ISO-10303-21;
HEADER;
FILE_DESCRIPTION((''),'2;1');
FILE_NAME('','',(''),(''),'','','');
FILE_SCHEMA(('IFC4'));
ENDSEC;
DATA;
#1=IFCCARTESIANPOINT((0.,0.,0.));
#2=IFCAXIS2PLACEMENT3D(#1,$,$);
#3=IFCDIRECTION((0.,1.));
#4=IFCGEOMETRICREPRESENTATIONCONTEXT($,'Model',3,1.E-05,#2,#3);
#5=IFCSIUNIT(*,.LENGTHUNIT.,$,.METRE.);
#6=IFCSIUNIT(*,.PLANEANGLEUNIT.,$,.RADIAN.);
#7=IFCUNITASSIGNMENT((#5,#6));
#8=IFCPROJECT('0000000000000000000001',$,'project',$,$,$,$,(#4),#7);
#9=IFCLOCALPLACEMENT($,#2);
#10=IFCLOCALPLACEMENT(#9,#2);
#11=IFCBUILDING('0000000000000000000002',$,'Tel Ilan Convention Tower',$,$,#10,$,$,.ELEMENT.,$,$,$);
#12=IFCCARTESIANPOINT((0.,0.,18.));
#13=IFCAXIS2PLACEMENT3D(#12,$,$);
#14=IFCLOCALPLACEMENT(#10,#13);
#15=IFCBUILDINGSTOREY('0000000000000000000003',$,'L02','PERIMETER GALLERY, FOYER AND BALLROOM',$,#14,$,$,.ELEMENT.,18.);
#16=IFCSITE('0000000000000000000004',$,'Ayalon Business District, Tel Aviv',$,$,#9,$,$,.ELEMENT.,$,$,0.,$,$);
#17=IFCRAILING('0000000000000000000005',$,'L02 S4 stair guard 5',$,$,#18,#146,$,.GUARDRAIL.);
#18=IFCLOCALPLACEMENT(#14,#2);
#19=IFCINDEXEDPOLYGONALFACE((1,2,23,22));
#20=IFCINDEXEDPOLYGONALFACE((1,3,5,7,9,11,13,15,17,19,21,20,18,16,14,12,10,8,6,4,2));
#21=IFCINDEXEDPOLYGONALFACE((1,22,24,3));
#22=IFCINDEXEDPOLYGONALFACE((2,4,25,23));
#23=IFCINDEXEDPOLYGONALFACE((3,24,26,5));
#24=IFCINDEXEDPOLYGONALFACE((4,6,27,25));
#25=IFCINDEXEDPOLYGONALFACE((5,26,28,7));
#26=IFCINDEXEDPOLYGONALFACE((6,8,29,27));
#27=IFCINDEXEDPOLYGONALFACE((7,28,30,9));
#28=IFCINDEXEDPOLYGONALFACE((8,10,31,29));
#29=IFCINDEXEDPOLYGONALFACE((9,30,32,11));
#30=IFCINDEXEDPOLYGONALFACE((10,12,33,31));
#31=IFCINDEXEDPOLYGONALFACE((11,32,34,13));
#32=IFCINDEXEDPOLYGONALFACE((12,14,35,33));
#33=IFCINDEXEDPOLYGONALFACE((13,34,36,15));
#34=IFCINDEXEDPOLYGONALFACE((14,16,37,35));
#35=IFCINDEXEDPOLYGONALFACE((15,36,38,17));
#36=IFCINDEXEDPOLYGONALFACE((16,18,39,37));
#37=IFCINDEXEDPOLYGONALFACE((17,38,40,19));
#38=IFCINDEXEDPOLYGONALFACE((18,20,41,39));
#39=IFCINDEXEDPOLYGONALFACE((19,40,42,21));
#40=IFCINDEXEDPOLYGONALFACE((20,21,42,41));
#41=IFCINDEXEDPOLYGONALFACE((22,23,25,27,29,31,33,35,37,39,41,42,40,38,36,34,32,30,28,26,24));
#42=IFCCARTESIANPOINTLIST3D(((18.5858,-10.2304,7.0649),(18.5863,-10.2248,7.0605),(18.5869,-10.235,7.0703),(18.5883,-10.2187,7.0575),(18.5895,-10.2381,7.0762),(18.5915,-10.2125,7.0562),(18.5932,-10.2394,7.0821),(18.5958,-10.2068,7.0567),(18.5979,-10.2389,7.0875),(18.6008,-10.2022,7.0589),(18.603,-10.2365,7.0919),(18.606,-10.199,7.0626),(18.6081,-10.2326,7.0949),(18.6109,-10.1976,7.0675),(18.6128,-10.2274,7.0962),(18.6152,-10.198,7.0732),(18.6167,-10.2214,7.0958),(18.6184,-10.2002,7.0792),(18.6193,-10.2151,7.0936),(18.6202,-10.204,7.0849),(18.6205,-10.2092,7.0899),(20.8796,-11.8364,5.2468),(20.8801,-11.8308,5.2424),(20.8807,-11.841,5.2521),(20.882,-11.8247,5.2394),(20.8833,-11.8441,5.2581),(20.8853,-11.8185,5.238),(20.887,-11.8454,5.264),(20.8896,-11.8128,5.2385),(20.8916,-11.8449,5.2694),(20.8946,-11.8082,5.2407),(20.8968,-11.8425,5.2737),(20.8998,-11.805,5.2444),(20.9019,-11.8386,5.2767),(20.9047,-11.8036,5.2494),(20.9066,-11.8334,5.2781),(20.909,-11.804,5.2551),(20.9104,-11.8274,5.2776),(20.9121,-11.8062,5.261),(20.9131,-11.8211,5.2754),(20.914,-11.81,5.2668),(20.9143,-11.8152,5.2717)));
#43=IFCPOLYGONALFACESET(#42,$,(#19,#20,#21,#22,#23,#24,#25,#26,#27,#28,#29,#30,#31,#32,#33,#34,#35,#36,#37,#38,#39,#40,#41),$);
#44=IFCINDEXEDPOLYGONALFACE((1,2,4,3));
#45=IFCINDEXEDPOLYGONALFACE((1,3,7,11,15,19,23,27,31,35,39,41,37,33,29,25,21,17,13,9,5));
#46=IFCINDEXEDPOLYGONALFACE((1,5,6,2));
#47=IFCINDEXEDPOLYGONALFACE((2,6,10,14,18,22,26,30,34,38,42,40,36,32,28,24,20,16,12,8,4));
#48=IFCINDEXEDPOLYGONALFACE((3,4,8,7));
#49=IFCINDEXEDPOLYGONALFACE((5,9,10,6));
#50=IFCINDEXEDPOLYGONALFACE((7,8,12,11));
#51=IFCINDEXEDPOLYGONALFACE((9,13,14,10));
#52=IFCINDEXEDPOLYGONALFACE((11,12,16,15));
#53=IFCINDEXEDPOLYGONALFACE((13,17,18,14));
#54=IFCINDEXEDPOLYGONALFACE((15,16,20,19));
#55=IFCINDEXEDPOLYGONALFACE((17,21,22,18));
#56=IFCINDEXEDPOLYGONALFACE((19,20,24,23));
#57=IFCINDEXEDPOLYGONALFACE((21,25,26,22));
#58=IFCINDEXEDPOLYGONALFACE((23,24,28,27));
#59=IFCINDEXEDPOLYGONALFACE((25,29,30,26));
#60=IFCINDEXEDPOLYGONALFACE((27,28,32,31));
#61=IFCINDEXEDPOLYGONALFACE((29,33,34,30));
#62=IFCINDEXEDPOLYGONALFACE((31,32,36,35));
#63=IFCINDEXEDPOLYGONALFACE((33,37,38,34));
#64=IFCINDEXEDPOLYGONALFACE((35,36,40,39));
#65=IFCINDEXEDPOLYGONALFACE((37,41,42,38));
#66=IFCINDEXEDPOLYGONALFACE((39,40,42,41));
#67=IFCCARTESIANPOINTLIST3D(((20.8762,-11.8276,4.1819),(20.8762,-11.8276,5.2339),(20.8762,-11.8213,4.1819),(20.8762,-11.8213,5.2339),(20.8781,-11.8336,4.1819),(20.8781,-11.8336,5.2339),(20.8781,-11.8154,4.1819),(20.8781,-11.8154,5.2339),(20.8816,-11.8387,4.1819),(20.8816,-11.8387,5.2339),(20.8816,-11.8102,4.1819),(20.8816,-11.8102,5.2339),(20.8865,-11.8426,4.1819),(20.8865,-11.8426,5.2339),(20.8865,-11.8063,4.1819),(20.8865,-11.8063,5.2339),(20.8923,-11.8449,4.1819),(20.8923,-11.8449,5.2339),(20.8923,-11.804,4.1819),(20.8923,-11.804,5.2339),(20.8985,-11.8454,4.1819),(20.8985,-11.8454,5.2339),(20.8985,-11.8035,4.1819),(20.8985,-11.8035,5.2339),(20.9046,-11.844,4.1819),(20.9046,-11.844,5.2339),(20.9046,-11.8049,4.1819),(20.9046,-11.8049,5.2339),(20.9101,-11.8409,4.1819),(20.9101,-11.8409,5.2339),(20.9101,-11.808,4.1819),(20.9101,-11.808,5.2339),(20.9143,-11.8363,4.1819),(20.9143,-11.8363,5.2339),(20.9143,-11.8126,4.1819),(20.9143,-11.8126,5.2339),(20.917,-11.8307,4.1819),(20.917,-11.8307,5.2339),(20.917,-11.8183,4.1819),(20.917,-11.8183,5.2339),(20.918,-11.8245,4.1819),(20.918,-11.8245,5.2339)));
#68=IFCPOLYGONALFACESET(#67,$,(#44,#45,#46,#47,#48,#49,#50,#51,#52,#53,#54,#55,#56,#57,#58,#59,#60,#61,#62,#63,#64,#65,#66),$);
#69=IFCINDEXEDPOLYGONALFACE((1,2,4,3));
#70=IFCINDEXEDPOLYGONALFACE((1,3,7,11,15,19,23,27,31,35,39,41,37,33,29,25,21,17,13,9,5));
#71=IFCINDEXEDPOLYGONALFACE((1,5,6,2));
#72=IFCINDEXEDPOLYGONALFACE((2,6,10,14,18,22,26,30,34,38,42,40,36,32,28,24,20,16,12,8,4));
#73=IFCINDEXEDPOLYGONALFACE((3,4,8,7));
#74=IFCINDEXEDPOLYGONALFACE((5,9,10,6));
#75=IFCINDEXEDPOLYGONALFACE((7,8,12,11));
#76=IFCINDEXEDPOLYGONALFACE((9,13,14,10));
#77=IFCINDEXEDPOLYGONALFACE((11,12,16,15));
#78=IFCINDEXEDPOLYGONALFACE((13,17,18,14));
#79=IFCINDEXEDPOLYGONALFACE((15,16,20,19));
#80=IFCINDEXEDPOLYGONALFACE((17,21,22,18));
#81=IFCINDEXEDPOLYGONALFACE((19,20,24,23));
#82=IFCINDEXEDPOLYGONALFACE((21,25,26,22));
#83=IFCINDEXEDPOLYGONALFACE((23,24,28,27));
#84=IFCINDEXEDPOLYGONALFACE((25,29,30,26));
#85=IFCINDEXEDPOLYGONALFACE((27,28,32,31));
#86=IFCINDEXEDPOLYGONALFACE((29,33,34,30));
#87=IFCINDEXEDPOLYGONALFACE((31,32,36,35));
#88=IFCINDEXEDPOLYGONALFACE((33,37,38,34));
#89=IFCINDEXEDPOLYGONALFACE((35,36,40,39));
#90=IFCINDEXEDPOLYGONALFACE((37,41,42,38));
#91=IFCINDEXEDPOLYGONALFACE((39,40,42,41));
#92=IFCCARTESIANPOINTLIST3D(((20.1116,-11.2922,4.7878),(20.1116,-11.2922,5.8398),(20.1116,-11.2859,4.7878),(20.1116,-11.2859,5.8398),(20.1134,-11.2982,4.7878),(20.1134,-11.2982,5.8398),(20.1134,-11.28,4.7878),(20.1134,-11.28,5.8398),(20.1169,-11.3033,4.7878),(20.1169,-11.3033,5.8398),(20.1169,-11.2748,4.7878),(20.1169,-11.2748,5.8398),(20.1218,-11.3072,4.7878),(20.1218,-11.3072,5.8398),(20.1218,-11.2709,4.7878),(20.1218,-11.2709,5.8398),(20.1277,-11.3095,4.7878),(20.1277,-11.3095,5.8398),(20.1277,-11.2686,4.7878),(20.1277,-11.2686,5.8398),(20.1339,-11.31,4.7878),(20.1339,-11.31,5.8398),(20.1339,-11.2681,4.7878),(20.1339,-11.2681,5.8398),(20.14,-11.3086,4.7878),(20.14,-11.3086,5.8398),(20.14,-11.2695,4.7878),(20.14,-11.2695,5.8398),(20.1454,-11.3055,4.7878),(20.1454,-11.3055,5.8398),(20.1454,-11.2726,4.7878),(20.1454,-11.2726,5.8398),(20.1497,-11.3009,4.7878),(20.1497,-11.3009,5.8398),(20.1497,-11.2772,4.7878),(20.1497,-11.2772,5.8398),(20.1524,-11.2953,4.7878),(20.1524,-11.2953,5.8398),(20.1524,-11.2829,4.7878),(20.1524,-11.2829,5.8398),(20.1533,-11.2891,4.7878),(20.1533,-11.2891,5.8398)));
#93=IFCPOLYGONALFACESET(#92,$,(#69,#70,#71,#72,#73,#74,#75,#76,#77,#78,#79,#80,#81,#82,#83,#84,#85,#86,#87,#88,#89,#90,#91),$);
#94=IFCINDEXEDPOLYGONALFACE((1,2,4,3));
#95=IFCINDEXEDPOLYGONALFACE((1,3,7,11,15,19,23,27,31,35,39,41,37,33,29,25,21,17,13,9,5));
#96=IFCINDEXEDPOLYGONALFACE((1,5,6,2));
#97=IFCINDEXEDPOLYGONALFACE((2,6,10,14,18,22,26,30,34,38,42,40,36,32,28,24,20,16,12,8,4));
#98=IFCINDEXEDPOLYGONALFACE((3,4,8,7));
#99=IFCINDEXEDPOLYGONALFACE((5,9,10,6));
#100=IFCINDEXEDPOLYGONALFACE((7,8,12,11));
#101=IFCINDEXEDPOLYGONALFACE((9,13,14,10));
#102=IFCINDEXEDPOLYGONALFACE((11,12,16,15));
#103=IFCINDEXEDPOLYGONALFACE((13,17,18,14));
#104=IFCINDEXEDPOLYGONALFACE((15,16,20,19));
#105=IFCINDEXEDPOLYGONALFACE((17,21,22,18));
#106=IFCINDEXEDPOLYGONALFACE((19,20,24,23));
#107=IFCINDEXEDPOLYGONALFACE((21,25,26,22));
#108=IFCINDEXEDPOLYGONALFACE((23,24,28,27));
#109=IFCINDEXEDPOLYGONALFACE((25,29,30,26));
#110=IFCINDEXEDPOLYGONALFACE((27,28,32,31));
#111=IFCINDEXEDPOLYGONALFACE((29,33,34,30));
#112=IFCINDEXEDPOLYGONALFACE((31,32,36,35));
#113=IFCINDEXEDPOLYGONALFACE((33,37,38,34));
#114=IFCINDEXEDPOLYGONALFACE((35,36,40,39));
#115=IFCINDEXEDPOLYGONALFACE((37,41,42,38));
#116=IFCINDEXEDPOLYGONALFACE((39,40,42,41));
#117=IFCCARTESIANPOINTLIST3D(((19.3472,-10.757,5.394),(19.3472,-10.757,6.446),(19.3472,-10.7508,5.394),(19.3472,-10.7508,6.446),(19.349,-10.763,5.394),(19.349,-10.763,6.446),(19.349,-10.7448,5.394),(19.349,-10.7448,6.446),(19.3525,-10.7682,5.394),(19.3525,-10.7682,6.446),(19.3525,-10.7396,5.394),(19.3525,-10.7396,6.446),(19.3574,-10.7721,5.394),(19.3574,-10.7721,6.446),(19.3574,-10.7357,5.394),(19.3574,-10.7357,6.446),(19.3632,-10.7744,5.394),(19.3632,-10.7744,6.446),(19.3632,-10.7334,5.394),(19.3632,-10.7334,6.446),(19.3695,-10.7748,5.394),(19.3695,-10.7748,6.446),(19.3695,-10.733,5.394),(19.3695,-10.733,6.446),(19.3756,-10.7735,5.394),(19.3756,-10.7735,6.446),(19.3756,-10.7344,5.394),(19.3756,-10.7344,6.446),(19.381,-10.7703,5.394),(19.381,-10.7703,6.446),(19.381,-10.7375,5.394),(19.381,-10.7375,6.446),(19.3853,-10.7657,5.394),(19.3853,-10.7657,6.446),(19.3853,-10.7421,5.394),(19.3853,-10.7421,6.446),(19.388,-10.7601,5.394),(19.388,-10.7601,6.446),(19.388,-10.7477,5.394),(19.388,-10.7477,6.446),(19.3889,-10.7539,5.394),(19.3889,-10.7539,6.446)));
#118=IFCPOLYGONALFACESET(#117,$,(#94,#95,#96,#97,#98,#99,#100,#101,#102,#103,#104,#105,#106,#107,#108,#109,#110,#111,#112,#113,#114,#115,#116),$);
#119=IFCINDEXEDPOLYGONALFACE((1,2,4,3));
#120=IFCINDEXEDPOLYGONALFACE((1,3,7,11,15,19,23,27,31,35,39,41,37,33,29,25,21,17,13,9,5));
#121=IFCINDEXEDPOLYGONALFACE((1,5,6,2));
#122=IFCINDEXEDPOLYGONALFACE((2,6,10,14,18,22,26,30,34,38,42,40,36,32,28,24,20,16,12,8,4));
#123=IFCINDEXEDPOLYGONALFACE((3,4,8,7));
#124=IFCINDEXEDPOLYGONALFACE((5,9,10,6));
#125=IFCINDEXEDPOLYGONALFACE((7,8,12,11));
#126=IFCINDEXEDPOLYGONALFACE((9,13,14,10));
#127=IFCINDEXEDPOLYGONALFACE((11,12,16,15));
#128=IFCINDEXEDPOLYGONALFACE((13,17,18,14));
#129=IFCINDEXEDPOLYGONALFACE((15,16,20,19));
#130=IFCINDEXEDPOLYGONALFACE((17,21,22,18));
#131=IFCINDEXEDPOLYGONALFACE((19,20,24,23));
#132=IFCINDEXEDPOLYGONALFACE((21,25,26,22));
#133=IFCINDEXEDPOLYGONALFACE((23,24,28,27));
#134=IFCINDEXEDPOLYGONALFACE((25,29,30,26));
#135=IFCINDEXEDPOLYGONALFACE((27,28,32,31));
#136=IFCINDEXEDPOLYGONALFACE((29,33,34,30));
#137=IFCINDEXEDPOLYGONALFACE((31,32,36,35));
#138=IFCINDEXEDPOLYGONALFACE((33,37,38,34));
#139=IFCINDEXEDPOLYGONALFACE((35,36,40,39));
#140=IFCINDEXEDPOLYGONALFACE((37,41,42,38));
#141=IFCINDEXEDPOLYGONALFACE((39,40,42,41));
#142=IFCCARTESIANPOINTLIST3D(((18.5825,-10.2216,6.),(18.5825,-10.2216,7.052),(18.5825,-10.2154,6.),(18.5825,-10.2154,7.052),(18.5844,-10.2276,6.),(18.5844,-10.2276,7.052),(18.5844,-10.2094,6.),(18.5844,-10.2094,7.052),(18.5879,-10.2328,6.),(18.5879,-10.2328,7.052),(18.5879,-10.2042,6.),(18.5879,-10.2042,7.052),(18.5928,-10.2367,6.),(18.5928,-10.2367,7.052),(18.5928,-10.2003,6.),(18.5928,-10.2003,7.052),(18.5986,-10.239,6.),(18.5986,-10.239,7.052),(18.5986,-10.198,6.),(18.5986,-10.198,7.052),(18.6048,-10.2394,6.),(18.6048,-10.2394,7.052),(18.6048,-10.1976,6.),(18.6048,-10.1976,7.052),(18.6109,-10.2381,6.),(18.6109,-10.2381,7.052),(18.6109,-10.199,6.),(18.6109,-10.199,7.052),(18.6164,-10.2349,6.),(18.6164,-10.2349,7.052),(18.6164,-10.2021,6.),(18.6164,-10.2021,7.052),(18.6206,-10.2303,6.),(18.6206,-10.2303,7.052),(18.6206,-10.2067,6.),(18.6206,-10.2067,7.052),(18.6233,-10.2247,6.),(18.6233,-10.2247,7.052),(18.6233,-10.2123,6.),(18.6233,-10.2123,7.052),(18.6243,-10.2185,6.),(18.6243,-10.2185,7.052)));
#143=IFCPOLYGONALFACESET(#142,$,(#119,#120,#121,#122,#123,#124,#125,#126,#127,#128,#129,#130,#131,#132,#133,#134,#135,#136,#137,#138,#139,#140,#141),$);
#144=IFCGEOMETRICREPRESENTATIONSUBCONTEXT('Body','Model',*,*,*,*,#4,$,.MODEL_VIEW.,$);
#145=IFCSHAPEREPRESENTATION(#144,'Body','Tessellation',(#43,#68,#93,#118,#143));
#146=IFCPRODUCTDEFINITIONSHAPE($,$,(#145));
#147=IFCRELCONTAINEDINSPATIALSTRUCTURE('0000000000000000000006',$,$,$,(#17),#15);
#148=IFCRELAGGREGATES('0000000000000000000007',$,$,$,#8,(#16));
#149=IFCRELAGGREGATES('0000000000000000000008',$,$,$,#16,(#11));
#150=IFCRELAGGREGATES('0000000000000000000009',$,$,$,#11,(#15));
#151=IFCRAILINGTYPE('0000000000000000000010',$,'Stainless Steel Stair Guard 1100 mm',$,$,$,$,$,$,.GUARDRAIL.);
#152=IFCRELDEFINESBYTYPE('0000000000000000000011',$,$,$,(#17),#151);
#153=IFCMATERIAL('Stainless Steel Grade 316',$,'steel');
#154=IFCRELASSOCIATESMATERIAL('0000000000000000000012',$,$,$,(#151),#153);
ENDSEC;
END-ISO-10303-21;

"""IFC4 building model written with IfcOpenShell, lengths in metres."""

from ifc_helpers import new_model, si_unit, direction, frame, origin, origin_2d, place, context, subcontext, project, spatial, circle, extrude, material, type_object, element, save


model = new_model("IFC4")

# Units and contexts
model_context = context("Model", 3, precision=1e-05, world=origin(), true_north=direction((0.0, 1.0)))
body_context = subcontext(model_context, "Body", "Model", "MODEL_VIEW")
ifc_project = project(units=[si_unit("LENGTHUNIT", "METRE"), si_unit("PLANEANGLEUNIT", "RADIAN")], contexts=[model_context])

# Site, building, storey
site_placement = place(None, origin())
site = spatial("IfcSite", under=ifc_project, at=site_placement, Name="Ayalon Business District, Tel Aviv", CompositionType="ELEMENT", RefElevation=0.0)
building_placement = place(site_placement, origin())
building = spatial("IfcBuilding", under=site, at=building_placement, Name="Tel Ilan Convention Tower", CompositionType="ELEMENT")
storey_placement = place(building_placement, frame((0.0, 0.0, 18.0)))
storey = spatial("IfcBuildingStorey", under=building, at=storey_placement, Name="L02", Description="PERIMETER GALLERY, FOYER AND BALLROOM", CompositionType="ELEMENT", Elevation=18.0)

# Railing
ifc_material_1 = material(Name="Stainless Steel Grade 316", Category="steel")
railing_type = type_object("IfcRailingType", Name="Stainless Steel Stair Guard 1100 mm", PredefinedType="GUARDRAIL", material=ifc_material_1)
railing_1_placement = place(storey_placement, frame((20.897, -11.8245, 4.1819)))
element("IfcRailing", 1, at=railing_1_placement, inside=storey, type_object=railing_type, Name="L02 S4 stair guard 5", PredefinedType="GUARDRAIL", context=body_context, shape_type="SweptSolid", body=[
    extrude(circle(Radius=0.0239, at=origin_2d()), frame((0.0, 0.0, 1.0762), z_axis=(-0.687042, 0.481039, 0.544587), x_axis=(-0.57355, -0.81917, 0.0)), (0.0, 0.0, 1.0), 3.3386),
    extrude(circle(Radius=0.021, at=origin_2d()), origin(), (0.0, 0.0, 1.0), 1.052),
    extrude(circle(Radius=0.021, at=origin_2d()), frame((-0.7646, 0.5354, 0.606)), (0.0, 0.0, 1.0), 1.052),
    extrude(circle(Radius=0.021, at=origin_2d()), frame((-1.5291, 1.0706, 1.2122)), (0.0, 0.0, 1.0), 1.052),
    extrude(circle(Radius=0.021, at=origin_2d()), frame((-2.2937, 1.606, 1.8181)), (0.0, 0.0, 1.0), 1.052),
])

save(model, "model.ifc")
